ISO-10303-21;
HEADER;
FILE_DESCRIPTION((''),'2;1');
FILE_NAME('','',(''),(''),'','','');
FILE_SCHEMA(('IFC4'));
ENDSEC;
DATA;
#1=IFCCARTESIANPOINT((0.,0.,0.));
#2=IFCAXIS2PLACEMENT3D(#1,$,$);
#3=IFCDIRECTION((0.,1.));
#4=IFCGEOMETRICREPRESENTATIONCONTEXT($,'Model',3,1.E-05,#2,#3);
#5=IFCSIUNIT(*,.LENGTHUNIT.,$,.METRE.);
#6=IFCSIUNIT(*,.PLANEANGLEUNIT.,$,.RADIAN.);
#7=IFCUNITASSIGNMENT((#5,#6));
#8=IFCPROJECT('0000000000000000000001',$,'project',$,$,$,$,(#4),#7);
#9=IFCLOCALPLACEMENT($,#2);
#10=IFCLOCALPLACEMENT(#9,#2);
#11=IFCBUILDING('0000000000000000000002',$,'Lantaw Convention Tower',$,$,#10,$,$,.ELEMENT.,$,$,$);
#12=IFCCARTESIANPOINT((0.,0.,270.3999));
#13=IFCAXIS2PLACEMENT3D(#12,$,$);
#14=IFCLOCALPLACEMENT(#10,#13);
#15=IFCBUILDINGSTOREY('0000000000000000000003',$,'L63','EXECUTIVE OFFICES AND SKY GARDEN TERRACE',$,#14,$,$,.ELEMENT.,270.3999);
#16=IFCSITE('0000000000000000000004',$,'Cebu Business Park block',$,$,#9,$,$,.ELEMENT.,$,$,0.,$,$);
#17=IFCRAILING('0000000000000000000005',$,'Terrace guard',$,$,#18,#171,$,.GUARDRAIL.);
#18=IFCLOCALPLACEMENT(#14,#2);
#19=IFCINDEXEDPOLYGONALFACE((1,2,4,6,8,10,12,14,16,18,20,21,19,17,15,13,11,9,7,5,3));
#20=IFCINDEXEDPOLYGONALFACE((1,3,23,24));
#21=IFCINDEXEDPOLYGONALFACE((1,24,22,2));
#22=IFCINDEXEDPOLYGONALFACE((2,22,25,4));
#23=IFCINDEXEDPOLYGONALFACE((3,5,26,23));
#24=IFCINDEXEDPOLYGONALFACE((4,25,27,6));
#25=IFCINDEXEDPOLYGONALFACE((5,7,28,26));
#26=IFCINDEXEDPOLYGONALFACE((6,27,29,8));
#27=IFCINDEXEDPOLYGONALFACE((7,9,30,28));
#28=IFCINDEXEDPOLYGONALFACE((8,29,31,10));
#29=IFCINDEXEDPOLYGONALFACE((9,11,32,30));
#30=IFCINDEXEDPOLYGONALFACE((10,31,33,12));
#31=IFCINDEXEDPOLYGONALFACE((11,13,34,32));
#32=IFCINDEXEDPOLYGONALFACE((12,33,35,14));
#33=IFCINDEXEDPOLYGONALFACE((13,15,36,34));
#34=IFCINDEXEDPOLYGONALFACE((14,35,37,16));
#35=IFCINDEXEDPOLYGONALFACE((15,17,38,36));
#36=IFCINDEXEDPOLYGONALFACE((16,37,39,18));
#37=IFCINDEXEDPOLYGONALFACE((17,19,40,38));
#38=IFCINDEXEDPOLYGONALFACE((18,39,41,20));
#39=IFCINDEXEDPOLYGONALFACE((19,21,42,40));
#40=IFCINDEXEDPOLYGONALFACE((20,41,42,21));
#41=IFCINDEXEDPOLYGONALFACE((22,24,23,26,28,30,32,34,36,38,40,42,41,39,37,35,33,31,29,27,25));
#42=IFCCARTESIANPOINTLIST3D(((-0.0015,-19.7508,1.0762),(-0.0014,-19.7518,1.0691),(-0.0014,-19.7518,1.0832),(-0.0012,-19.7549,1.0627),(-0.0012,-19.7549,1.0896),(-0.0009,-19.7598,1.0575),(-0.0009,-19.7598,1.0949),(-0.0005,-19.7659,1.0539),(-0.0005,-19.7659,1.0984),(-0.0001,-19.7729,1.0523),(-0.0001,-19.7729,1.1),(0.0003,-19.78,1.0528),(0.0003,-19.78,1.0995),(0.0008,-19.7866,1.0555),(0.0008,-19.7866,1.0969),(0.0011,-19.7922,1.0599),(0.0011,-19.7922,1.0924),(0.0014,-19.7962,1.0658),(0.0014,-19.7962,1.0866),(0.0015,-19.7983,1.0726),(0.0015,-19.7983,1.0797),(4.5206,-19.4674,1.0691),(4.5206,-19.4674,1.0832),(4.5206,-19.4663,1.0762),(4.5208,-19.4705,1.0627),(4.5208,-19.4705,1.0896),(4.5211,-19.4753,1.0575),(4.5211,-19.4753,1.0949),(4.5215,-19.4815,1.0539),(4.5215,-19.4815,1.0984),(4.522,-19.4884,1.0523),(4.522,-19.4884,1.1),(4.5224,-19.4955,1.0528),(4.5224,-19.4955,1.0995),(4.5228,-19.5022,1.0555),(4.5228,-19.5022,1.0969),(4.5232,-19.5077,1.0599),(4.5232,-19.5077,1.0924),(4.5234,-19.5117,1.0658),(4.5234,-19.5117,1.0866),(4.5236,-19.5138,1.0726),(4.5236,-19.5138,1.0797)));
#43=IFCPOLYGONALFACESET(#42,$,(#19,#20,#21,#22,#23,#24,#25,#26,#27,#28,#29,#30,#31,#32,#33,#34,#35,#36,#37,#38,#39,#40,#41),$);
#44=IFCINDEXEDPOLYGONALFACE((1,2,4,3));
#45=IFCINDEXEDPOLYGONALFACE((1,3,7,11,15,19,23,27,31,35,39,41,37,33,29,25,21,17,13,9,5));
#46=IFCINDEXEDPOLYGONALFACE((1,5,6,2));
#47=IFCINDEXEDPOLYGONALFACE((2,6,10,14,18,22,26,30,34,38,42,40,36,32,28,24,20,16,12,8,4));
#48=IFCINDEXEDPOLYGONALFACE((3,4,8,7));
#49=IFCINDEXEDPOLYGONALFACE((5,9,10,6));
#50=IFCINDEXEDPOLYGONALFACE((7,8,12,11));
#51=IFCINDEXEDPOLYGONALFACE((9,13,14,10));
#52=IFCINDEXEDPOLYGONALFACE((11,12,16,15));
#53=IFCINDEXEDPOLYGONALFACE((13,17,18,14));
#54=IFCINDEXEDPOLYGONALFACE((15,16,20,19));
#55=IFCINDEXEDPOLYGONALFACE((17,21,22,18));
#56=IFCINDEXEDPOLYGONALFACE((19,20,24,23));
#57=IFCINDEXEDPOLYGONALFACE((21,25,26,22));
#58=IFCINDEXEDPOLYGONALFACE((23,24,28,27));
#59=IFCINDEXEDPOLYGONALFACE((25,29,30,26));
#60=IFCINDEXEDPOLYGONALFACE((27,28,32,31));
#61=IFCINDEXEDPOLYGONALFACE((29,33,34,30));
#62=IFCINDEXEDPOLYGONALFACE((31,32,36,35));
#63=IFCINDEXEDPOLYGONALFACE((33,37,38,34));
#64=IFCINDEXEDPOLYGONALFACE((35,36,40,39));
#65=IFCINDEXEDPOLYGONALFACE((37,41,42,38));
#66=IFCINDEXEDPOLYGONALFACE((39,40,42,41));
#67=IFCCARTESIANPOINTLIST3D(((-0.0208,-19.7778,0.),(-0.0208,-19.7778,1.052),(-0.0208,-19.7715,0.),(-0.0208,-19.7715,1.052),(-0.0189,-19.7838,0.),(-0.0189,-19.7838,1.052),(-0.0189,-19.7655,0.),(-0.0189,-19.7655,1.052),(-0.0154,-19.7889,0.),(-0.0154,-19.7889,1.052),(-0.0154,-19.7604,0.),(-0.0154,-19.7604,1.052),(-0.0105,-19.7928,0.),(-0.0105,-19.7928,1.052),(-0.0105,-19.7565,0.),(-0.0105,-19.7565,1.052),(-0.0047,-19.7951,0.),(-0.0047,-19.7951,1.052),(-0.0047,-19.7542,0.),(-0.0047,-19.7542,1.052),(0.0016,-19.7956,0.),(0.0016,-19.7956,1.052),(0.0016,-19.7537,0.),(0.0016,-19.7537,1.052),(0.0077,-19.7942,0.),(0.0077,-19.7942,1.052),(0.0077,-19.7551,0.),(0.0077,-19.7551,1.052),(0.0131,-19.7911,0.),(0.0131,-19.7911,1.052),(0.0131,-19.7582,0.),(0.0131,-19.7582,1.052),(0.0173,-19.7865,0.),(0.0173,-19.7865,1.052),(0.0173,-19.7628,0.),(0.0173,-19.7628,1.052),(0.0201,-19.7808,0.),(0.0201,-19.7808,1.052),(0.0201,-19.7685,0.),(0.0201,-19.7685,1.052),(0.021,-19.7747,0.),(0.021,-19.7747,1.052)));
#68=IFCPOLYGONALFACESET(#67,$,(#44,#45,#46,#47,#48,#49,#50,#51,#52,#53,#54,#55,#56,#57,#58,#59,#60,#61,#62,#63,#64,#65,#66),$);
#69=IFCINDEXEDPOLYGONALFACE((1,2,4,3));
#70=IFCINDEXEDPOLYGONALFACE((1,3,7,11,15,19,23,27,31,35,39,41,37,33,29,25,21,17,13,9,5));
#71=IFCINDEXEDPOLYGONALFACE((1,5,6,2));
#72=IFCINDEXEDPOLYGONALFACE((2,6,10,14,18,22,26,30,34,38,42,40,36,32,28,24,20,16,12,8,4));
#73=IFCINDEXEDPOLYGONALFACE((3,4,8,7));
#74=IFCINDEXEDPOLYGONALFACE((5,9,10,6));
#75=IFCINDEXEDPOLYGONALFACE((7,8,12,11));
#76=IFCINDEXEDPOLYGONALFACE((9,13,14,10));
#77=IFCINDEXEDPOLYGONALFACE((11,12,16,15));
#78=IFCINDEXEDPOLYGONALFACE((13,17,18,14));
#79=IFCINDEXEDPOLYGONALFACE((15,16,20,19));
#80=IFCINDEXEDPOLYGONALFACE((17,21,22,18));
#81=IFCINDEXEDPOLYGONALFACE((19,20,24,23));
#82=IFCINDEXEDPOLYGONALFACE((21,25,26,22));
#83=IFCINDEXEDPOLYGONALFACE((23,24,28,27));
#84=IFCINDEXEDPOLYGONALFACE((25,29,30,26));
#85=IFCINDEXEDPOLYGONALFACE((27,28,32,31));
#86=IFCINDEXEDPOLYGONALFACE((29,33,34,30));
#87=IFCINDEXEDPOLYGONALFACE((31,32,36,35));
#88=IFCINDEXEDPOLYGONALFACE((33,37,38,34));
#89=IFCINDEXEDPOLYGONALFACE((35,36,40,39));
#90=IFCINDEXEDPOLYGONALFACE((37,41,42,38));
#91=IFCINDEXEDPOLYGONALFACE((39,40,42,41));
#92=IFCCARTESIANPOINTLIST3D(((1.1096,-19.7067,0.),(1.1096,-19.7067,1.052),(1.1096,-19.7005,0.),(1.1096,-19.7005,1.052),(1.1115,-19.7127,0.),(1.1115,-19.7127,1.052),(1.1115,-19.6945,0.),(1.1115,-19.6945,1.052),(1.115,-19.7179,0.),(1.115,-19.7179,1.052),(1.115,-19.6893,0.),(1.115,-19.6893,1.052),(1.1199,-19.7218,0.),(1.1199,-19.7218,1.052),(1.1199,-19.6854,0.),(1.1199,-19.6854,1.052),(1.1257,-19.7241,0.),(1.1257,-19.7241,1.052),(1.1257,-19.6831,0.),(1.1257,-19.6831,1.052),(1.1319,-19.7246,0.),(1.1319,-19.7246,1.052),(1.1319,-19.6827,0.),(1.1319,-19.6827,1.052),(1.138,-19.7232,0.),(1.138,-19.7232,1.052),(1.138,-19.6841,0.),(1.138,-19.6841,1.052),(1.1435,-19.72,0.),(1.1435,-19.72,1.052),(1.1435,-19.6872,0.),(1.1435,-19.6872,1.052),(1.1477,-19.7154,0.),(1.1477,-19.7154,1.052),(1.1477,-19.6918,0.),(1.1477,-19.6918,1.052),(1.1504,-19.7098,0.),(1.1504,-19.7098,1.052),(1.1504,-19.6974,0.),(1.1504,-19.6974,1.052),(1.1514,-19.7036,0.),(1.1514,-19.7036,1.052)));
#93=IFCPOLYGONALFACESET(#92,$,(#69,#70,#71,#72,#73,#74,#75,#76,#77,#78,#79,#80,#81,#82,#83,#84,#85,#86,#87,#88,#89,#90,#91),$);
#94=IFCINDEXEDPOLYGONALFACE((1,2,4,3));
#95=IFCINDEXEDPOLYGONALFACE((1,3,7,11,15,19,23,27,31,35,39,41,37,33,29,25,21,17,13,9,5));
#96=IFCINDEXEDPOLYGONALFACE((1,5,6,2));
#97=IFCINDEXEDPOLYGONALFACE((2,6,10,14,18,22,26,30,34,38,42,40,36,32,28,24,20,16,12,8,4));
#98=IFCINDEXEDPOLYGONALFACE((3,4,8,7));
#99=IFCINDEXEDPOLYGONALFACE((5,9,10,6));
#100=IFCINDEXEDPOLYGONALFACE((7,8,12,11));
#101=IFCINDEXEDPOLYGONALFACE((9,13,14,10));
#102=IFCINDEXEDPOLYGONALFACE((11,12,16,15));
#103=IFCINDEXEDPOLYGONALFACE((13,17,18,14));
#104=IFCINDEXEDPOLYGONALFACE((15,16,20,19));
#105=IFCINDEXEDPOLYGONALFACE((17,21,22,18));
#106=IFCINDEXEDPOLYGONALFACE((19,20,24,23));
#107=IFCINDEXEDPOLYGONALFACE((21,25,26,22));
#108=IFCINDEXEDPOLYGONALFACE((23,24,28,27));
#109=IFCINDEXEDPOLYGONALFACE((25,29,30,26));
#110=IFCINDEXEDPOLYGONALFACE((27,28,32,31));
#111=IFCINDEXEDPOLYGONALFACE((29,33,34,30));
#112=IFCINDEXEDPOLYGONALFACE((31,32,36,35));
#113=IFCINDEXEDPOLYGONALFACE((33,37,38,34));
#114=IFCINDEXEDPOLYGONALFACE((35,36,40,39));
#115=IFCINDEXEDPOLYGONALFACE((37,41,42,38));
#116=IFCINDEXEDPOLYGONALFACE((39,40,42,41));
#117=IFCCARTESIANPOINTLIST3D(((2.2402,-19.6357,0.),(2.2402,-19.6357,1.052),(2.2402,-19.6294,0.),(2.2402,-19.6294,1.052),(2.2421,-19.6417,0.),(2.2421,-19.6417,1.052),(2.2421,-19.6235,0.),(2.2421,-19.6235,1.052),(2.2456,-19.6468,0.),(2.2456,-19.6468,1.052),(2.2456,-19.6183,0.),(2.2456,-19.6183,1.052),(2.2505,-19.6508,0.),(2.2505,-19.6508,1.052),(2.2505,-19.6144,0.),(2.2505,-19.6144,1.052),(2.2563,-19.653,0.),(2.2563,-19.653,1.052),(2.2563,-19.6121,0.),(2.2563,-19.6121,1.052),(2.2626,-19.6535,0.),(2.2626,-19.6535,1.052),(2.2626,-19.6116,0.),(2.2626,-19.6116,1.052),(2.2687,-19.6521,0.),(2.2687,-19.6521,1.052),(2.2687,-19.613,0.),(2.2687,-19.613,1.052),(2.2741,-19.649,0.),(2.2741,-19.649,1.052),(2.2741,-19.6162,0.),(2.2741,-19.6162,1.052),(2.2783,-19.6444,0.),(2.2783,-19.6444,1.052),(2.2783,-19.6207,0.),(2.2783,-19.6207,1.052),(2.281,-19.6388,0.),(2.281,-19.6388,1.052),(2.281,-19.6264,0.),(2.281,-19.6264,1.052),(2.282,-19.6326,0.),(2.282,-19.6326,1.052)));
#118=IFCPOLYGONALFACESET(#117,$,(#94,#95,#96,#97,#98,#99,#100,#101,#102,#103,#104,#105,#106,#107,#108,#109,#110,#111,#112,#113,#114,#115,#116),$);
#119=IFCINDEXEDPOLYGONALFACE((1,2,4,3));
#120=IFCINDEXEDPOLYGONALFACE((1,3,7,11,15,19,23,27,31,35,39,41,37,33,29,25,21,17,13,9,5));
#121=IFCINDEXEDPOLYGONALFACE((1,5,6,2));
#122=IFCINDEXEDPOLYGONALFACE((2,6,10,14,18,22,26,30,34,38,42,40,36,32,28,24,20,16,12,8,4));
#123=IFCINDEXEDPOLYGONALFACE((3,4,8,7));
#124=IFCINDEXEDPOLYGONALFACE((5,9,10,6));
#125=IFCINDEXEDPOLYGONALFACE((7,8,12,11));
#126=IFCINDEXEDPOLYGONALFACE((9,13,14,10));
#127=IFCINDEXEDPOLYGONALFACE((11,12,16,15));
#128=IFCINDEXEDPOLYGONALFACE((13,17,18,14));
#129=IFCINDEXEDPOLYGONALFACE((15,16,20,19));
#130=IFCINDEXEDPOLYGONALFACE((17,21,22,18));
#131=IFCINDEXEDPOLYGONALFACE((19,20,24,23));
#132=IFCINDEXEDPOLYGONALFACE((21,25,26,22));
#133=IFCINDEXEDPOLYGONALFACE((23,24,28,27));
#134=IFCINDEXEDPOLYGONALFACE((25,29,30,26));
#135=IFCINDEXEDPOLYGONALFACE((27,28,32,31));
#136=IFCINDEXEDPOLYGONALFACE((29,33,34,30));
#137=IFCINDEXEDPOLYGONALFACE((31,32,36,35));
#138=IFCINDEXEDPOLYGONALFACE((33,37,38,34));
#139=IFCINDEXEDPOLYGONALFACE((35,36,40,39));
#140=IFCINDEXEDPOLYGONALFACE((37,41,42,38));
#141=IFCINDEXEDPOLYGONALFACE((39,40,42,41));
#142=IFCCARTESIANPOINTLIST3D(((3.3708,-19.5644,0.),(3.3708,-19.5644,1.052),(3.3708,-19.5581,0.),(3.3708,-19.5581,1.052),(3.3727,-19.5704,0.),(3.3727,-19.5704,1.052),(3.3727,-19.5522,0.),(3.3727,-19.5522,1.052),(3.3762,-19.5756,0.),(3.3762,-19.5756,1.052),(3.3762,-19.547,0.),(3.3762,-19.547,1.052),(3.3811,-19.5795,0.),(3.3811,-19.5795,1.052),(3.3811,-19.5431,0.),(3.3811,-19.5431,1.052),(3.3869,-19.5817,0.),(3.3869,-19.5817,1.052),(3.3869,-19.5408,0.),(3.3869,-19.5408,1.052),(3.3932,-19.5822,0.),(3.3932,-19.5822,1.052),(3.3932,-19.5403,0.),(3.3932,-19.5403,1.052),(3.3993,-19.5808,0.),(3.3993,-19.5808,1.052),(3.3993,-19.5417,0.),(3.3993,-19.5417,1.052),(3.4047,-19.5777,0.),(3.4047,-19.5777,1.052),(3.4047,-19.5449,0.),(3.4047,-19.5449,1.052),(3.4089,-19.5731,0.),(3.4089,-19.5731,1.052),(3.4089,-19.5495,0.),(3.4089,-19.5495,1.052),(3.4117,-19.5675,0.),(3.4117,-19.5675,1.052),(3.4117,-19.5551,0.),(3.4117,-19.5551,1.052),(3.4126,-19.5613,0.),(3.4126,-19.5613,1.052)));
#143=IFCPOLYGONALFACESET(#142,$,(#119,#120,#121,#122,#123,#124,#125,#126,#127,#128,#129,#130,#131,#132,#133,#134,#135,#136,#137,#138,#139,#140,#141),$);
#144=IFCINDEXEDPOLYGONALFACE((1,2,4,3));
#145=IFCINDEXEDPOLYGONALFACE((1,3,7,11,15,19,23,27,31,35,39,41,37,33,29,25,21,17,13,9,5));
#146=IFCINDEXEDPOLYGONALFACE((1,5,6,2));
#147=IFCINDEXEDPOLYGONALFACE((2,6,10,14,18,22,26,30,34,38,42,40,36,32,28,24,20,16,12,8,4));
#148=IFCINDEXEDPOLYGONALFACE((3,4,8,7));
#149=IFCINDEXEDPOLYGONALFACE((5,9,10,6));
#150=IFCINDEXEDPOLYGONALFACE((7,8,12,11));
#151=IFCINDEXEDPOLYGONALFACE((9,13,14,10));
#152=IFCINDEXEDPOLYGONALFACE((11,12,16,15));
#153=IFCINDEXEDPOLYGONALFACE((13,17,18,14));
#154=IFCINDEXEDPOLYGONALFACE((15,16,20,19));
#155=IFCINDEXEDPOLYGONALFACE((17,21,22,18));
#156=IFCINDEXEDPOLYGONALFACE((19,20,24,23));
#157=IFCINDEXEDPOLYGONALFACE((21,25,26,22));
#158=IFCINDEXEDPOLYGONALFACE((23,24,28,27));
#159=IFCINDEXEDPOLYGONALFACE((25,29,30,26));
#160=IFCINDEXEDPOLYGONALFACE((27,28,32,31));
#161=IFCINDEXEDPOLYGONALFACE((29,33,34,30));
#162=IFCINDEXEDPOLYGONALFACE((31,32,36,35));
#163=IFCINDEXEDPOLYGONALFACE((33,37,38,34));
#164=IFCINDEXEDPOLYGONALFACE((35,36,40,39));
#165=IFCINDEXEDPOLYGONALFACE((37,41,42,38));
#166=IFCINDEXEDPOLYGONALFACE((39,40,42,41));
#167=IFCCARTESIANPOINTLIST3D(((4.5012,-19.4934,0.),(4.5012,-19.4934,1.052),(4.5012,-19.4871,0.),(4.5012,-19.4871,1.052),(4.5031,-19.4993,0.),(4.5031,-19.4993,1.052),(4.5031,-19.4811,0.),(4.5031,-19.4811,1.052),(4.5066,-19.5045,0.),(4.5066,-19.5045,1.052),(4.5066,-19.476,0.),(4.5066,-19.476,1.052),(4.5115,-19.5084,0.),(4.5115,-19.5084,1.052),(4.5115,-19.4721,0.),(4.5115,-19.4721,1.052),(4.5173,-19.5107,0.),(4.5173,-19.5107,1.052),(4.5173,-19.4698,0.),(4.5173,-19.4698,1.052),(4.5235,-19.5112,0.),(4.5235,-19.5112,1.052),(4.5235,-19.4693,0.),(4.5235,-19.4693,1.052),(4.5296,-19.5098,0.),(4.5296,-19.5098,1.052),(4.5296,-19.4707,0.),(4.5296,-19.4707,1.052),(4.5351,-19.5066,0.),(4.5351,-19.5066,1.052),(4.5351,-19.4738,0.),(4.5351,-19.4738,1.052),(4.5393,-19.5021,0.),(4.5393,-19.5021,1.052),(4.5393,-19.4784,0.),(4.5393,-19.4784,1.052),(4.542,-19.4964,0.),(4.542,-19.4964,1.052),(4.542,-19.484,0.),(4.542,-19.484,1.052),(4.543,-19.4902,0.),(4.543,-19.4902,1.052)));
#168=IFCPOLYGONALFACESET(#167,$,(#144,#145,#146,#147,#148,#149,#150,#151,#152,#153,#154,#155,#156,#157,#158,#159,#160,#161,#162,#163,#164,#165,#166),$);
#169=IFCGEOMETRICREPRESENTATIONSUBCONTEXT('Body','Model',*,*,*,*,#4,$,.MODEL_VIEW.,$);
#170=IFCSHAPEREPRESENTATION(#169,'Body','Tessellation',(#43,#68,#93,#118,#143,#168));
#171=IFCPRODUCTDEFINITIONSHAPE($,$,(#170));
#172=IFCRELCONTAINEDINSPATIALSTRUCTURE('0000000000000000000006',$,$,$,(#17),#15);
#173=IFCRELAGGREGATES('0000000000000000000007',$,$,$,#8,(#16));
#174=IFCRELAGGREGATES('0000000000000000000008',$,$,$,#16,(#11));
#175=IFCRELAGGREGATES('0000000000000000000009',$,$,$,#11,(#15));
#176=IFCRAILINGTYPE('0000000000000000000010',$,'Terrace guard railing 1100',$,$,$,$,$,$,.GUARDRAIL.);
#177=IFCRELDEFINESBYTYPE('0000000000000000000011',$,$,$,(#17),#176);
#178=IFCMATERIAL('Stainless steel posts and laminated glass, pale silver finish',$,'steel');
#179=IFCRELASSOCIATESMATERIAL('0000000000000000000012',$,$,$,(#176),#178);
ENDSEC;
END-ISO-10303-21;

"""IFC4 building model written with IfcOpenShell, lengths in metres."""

from ifc_helpers import new_model, si_unit, direction, frame, origin, origin_2d, place, context, subcontext, project, spatial, circle, extrude, material, type_object, element, save


model = new_model("IFC4")

# Units and contexts
model_context = context("Model", 3, precision=1e-05, world=origin(), true_north=direction((0.0, 1.0)))
body_context = subcontext(model_context, "Body", "Model", "MODEL_VIEW")
ifc_project = project(units=[si_unit("LENGTHUNIT", "METRE"), si_unit("PLANEANGLEUNIT", "RADIAN")], contexts=[model_context])

# Site, building, storey
site_placement = place(None, origin())
site = spatial("IfcSite", under=ifc_project, at=site_placement, Name="Cebu Business Park block", CompositionType="ELEMENT", RefElevation=0.0)
building_placement = place(site_placement, origin())
building = spatial("IfcBuilding", under=site, at=building_placement, Name="Lantaw Convention Tower", CompositionType="ELEMENT")
storey_placement = place(building_placement, frame((0.0, 0.0, 270.3999)))
storey = spatial("IfcBuildingStorey", under=building, at=storey_placement, Name="L63", Description="EXECUTIVE OFFICES AND SKY GARDEN TERRACE", CompositionType="ELEMENT", Elevation=270.3999)

# Railing
ifc_material_1 = material(Name="Stainless steel posts and laminated glass, pale silver finish", Category="steel")
railing_type = type_object("IfcRailingType", Name="Terrace guard railing 1100", PredefinedType="GUARDRAIL", material=ifc_material_1)
railing_1_placement = place(storey_placement, frame((0.0, -19.7747, 0.0)))
element("IfcRailing", 1, at=railing_1_placement, inside=storey, type_object=railing_type, Name="Terrace guard", PredefinedType="GUARDRAIL", context=body_context, shape_type="SweptSolid", body=[
    extrude(circle(Radius=0.0239, at=origin_2d()), frame((0.0, 0.0, 1.0762), z_axis=(0.998028, 0.062774, 0.0), x_axis=(-0.062774, 0.998028, 0.0)), (0.0, 0.0, 1.0), 4.531),
    extrude(circle(Radius=0.021, at=origin_2d()), origin(), (0.0, 0.0, 1.0), 1.052),
    extrude(circle(Radius=0.021, at=origin_2d()), frame((1.1304, 0.071, 0.0)), (0.0, 0.0, 1.0), 1.052),
    extrude(circle(Radius=0.021, at=origin_2d()), frame((2.261, 0.1421, 0.0)), (0.0, 0.0, 1.0), 1.052),
    extrude(circle(Radius=0.021, at=origin_2d()), frame((3.3916, 0.2134, 0.0)), (0.0, 0.0, 1.0), 1.052),
    extrude(circle(Radius=0.021, at=origin_2d()), frame((4.522, 0.2844, 0.0)), (0.0, 0.0, 1.0), 1.052),
])

save(model, "model.ifc")
